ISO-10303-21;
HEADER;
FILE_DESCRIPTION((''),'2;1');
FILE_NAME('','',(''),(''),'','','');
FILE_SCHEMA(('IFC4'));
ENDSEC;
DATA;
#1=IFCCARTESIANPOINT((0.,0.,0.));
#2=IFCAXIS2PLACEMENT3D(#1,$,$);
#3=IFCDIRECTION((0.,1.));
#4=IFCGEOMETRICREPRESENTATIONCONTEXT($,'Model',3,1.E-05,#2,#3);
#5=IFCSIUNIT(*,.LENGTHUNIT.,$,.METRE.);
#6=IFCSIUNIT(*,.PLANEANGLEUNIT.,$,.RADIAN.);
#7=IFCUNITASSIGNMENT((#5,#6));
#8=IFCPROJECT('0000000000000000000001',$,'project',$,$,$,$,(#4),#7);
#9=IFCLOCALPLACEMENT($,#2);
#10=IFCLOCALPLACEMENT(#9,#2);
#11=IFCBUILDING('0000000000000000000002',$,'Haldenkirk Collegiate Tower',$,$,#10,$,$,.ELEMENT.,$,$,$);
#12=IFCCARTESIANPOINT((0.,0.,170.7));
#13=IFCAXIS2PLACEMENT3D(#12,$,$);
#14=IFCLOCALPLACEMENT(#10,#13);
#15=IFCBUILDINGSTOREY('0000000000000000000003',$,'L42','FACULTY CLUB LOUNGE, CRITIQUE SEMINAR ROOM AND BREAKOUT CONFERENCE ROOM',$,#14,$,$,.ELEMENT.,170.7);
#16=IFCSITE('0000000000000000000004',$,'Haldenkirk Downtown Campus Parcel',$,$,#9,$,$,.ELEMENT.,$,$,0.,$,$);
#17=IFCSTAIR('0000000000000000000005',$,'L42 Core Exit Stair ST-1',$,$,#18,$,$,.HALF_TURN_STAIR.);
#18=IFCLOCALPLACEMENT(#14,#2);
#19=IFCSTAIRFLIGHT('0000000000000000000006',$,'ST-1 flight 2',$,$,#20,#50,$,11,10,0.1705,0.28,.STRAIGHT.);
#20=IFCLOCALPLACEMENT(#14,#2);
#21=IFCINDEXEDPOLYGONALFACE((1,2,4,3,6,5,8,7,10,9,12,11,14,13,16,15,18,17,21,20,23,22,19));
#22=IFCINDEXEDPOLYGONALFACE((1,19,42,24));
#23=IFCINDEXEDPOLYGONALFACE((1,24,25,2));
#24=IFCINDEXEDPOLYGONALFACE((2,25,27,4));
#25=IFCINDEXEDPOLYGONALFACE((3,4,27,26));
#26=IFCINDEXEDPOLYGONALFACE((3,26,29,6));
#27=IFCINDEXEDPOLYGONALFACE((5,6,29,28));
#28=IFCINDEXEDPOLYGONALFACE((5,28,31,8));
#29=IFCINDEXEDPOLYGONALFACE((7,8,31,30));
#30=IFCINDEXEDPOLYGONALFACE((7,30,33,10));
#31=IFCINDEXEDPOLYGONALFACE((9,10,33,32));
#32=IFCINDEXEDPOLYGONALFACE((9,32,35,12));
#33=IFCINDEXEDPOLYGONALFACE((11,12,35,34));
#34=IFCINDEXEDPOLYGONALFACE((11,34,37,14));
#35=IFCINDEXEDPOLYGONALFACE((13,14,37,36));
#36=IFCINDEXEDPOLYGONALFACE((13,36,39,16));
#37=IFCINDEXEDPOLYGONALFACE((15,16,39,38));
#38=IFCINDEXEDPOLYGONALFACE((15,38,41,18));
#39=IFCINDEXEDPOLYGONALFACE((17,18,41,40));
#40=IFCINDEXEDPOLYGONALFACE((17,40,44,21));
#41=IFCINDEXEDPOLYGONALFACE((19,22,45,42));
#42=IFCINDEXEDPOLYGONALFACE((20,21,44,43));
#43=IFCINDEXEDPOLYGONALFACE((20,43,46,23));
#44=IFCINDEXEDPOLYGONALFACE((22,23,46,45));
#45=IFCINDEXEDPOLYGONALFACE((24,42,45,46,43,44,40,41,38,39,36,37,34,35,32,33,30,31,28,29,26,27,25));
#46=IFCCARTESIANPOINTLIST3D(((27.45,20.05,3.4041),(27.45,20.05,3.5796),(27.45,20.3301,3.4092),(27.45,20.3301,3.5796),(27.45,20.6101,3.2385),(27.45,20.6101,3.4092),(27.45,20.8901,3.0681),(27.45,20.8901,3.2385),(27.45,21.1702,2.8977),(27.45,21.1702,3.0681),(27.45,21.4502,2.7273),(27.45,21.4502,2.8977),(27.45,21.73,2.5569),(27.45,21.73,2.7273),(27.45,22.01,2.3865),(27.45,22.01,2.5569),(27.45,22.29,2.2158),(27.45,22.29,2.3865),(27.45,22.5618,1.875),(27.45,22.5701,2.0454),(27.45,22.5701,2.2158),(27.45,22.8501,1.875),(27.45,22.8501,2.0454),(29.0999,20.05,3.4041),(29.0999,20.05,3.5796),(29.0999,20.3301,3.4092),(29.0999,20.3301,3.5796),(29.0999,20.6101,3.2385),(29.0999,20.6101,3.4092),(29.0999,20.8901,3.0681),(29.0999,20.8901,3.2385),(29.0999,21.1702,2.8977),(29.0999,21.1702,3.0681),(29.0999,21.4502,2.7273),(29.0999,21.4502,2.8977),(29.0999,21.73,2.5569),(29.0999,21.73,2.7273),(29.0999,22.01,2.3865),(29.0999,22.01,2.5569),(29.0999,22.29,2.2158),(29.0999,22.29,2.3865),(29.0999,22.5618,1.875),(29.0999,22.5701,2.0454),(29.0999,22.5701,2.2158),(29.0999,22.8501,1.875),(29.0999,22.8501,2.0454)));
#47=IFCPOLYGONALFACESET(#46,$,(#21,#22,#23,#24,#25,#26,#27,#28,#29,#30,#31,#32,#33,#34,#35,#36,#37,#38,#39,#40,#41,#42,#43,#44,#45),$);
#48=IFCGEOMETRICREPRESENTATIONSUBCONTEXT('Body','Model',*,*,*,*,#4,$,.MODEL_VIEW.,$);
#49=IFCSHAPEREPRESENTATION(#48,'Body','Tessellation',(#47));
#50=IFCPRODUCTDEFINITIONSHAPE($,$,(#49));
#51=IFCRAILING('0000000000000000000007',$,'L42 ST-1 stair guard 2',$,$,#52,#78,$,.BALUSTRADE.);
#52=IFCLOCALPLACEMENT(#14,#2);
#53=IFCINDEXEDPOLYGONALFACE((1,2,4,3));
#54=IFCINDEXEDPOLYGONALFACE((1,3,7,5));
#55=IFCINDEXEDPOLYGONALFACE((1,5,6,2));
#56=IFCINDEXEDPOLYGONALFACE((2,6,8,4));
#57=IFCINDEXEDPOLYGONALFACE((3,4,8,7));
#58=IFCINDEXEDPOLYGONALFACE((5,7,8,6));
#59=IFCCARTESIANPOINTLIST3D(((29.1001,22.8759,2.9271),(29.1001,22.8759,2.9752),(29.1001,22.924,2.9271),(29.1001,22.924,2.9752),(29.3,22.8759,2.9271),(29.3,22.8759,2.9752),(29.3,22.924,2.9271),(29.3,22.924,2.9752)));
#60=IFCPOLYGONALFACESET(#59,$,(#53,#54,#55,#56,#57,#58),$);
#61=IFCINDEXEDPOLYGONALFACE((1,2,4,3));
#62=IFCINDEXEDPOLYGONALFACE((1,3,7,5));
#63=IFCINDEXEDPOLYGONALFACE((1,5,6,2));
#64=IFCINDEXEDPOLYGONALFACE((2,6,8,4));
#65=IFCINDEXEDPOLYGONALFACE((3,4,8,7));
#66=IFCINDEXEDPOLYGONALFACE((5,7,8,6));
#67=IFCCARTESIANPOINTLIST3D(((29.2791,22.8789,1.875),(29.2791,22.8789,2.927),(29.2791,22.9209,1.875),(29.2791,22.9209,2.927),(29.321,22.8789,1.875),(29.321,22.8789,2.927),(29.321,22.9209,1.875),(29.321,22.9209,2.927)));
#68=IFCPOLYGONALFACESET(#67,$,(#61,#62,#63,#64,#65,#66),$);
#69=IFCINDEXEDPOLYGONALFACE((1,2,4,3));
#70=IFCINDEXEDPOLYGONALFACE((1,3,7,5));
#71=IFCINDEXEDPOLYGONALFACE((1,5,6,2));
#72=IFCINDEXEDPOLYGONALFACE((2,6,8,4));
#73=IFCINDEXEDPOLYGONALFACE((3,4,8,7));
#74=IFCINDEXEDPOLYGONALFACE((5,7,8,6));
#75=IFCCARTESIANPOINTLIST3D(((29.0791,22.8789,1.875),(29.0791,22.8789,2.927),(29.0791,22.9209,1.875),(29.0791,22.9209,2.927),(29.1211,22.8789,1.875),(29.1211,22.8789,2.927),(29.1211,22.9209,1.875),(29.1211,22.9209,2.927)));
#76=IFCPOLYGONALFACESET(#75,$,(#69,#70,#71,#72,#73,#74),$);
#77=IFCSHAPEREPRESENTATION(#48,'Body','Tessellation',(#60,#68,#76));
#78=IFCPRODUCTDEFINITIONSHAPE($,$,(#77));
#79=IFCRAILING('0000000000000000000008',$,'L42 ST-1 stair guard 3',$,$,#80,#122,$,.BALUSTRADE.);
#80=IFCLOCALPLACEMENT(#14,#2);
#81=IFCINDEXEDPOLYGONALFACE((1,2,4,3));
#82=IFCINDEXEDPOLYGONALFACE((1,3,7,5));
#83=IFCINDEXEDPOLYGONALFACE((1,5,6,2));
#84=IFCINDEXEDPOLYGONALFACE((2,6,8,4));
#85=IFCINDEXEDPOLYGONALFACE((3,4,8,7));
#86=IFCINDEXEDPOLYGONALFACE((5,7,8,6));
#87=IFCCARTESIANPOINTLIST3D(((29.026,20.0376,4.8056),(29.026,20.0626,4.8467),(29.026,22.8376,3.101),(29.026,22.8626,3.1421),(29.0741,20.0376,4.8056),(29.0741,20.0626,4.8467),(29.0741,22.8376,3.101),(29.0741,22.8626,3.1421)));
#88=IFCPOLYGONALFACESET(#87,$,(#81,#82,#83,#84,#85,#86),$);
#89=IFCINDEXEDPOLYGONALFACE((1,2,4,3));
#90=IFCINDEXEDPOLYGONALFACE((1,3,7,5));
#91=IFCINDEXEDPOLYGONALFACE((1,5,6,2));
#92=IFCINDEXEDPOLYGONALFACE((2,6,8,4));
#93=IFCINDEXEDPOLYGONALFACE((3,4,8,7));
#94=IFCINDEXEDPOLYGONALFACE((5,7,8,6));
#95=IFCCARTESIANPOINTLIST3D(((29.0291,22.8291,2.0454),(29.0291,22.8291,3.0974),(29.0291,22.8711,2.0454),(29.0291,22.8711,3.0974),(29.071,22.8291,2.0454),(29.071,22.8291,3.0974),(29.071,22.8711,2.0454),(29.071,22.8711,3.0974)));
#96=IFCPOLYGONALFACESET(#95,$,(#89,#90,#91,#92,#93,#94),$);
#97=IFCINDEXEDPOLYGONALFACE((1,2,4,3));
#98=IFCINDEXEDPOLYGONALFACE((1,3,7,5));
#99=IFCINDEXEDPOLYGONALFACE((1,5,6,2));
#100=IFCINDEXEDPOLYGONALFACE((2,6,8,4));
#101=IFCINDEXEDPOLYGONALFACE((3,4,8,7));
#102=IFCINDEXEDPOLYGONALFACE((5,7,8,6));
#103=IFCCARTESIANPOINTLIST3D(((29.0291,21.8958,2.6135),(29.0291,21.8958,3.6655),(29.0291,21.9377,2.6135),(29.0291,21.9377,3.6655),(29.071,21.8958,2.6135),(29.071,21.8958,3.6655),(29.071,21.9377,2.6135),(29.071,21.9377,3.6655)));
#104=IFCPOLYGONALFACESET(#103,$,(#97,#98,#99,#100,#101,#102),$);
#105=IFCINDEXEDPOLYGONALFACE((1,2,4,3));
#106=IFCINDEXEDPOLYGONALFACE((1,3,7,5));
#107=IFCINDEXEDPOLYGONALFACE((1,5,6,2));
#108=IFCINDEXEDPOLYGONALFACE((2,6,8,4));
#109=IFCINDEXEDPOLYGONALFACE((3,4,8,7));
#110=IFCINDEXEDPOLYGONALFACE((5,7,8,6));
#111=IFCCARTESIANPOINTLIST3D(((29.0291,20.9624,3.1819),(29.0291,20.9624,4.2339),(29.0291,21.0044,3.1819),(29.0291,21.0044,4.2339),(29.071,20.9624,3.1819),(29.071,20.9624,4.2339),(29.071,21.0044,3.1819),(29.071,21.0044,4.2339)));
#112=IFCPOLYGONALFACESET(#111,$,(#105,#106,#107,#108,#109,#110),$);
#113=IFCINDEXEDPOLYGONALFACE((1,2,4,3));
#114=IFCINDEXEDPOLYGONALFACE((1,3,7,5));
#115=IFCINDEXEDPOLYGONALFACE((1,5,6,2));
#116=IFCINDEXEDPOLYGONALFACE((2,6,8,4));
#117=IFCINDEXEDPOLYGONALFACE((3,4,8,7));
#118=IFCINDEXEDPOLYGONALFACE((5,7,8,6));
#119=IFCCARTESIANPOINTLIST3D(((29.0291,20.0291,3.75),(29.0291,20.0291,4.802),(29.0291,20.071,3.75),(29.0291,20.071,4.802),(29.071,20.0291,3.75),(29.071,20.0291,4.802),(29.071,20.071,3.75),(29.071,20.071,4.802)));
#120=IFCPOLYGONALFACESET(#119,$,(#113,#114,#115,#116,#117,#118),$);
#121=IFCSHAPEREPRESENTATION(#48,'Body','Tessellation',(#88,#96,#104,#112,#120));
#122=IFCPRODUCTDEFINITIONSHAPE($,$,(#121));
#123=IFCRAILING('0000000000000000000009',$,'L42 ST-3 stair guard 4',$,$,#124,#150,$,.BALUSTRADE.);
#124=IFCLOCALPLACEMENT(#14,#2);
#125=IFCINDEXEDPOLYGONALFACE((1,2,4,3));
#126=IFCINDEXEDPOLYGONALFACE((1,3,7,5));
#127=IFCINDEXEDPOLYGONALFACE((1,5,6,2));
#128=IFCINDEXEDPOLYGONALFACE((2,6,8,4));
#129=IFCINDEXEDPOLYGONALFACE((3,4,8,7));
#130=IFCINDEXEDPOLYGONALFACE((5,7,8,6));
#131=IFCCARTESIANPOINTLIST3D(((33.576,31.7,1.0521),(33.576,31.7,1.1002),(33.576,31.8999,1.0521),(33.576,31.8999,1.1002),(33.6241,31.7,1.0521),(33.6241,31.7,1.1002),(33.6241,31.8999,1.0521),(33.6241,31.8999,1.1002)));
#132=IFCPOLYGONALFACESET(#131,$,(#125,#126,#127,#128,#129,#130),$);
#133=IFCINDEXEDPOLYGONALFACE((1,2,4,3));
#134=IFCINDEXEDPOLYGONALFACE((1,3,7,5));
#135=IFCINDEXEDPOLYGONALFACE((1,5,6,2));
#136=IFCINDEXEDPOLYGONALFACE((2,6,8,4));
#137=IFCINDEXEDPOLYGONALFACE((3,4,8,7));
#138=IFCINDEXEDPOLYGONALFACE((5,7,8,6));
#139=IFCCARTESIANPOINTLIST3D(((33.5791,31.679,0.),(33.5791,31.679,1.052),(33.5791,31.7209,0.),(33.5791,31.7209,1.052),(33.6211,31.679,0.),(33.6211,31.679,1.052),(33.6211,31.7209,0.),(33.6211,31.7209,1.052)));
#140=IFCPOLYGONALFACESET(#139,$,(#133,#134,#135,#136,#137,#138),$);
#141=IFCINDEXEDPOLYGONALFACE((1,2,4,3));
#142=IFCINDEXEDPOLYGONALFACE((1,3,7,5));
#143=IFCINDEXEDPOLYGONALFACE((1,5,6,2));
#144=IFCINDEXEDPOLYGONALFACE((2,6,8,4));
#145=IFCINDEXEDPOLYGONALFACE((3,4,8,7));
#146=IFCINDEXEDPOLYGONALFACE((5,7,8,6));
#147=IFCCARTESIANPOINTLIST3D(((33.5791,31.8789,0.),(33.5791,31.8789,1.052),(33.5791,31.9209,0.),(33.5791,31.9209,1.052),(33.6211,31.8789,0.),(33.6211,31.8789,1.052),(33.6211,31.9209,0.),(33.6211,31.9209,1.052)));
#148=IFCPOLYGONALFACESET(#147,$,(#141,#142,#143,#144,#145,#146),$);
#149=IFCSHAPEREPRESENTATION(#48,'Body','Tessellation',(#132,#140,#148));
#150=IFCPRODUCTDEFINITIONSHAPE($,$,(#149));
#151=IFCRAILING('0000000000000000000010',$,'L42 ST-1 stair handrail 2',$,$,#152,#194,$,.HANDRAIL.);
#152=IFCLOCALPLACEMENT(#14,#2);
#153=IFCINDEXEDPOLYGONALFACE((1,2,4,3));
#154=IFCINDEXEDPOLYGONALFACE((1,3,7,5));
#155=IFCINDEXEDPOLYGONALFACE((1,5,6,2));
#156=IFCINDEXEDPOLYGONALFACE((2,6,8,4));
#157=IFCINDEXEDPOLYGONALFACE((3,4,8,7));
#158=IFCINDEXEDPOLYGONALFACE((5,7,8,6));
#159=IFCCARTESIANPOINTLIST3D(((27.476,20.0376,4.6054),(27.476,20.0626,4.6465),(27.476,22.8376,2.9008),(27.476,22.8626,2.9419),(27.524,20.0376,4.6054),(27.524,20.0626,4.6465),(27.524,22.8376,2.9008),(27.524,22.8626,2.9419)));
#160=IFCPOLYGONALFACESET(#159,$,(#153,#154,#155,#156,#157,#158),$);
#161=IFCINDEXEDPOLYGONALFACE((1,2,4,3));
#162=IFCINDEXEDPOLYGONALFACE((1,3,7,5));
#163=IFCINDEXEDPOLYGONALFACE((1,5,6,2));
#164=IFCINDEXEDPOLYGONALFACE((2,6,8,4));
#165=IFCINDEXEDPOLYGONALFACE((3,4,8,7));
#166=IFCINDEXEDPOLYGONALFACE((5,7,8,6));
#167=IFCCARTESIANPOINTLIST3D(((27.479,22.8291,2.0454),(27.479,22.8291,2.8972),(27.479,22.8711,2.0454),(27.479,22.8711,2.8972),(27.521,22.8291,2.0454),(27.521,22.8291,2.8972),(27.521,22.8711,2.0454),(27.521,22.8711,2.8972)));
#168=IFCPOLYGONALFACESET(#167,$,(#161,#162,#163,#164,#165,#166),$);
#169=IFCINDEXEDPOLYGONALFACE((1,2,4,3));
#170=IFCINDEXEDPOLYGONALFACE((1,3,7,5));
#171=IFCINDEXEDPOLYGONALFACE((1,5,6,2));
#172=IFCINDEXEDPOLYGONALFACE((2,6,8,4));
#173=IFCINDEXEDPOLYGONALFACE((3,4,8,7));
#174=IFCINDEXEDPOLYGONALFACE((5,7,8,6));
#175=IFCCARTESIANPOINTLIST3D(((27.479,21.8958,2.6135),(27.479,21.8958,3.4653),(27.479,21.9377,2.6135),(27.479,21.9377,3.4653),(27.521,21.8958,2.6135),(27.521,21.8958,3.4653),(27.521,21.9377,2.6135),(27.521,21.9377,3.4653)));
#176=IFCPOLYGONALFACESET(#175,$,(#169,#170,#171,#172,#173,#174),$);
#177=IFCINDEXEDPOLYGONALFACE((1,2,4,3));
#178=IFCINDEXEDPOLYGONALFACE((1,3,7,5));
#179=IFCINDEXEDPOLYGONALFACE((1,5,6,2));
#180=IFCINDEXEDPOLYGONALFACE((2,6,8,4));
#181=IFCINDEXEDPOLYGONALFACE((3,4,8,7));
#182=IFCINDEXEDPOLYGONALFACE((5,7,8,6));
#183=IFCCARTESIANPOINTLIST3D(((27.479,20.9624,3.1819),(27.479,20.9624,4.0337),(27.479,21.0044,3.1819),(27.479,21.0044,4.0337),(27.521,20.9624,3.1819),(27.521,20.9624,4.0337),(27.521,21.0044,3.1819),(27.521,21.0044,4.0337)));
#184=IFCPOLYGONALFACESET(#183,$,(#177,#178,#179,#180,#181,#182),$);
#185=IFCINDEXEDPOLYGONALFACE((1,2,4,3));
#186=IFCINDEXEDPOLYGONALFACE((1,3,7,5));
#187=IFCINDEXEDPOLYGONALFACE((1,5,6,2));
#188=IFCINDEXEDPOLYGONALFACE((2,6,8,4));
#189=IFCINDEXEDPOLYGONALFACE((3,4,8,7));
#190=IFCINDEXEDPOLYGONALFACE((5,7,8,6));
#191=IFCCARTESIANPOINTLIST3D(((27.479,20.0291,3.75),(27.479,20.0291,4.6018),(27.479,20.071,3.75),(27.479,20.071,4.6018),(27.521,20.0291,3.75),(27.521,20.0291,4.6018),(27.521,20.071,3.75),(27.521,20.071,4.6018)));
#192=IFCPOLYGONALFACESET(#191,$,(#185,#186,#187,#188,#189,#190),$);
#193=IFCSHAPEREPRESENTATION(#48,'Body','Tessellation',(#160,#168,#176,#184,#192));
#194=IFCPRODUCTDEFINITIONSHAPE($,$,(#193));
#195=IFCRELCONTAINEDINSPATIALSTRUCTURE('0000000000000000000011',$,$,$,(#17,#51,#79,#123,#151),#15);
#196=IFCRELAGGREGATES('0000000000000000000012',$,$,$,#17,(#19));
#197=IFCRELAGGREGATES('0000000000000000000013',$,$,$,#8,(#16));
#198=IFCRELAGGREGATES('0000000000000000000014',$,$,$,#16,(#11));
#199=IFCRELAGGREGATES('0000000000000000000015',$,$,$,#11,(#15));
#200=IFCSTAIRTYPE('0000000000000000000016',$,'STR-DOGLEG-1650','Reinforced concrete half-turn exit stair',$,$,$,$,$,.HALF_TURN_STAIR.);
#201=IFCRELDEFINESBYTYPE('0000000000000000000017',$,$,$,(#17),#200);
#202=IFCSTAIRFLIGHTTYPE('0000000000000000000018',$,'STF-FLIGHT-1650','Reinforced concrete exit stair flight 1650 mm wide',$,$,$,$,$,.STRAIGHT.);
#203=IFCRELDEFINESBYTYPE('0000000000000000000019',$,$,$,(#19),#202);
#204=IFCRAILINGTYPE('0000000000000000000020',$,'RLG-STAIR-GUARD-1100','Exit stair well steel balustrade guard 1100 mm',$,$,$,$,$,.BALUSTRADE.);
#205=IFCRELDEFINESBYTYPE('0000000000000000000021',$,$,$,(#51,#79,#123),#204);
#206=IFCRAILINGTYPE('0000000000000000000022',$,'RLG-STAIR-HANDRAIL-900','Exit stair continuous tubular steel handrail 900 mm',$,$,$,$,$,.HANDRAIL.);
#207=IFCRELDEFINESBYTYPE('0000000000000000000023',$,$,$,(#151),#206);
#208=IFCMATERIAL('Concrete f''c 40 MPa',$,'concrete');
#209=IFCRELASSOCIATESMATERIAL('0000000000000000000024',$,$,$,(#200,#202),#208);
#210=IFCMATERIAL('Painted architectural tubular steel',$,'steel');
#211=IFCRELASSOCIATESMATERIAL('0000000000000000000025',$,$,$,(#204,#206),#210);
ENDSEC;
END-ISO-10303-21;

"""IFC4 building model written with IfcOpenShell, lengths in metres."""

from ifc_helpers import new_model, si_unit, direction, frame, origin, origin_2d, place, context, subcontext, project, spatial, polyline, rectangle, outline, extrude, material, type_object, element, aggregate, save


model = new_model("IFC4")

# Units and contexts
model_context = context("Model", 3, precision=1e-05, world=origin(), true_north=direction((0.0, 1.0)))
body_context = subcontext(model_context, "Body", "Model", "MODEL_VIEW")
ifc_project = project(units=[si_unit("LENGTHUNIT", "METRE"), si_unit("PLANEANGLEUNIT", "RADIAN")], contexts=[model_context])

# Site, building, storey
site_placement = place(None, origin())
site = spatial("IfcSite", under=ifc_project, at=site_placement, Name="Haldenkirk Downtown Campus Parcel", CompositionType="ELEMENT", RefElevation=0.0)
building_placement = place(site_placement, origin())
building = spatial("IfcBuilding", under=site, at=building_placement, Name="Haldenkirk Collegiate Tower", CompositionType="ELEMENT")
storey_placement = place(building_placement, frame((0.0, 0.0, 170.7)))
storey = spatial("IfcBuildingStorey", under=building, at=storey_placement, Name="L42", Description="FACULTY CLUB LOUNGE, CRITIQUE SEMINAR ROOM AND BREAKOUT CONFERENCE ROOM", CompositionType="ELEMENT", Elevation=170.7)

# Stair, stair flight
ifc_material_1 = material(Name="Concrete f'c 40 MPa", Category="concrete")
stair_type = type_object("IfcStairType", Name="STR-DOGLEG-1650", Description="Reinforced concrete half-turn exit stair", PredefinedType="HALF_TURN_STAIR", material=ifc_material_1)
stair_placement = place(storey_placement, origin())
stair = element("IfcStair", 1, at=stair_placement, inside=storey, type_object=stair_type, Name="L42 Core Exit Stair ST-1", PredefinedType="HALF_TURN_STAIR")
stair_flight_type = type_object("IfcStairFlightType", Name="STF-FLIGHT-1650", Description="Reinforced concrete exit stair flight 1650 mm wide", PredefinedType="STRAIGHT", material=ifc_material_1)
stair_flight_placement = place(storey_placement, frame((28.2749, 22.8501, 1.875), z_axis=(0.0, 0.0, 1.0), x_axis=(0.0, -1.0, 0.0)))
stair_flight = element("IfcStairFlight", 2, at=stair_flight_placement, type_object=stair_flight_type, Name="ST-1 flight 2", NumberOfRisers=11, NumberOfTreads=10, PredefinedType="STRAIGHT", RiserHeight=0.1705, TreadLength=0.28, context=body_context, shape_type="SweptSolid", body=[
    extrude(outline(polyline([(0.0, 0.0), (0.0, 0.1704), (0.28, 0.1704), (0.28, 0.3408), (0.5601, 0.3408), (0.5601, 0.5115), (0.8401, 0.5115), (0.8401, 0.6819), (1.1201, 0.6819), (1.1201, 0.8523), (1.3999, 0.8523), (1.3999, 1.0227), (1.6799, 1.0227), (1.6799, 1.1931), (1.96, 1.1931), (1.96, 1.3635), (2.24, 1.3635), (2.24, 1.5342), (2.52, 1.5342), (2.52, 1.7046), (2.8, 1.7046), (2.8, 1.875), (2.8, 1.5291), (0.2883, 0.0), (0.0, 0.0)])), frame((0.0, 0.825, 0.0), z_axis=(0.0, -1.0, 0.0), x_axis=(1.0, 0.0, 0.0)), (0.0, 0.0, 1.0), 1.6499),
])
aggregate(stair, [stair_flight])

# Railings
ifc_material_2 = material(Name="Painted architectural tubular steel", Category="steel")
railing_type_1 = type_object("IfcRailingType", Name="RLG-STAIR-GUARD-1100", Description="Exit stair well steel balustrade guard 1100 mm", PredefinedType="BALUSTRADE", material=ifc_material_2)
railing_1_placement = place(storey_placement, frame((29.3, 22.8999, 1.875)))
element("IfcRailing", 3, at=railing_1_placement, inside=storey, type_object=railing_type_1, Name="L42 ST-1 stair guard 2", PredefinedType="BALUSTRADE", context=body_context, shape_type="SweptSolid", body=[
    extrude(rectangle(XDim=0.0481, YDim=0.0481, at=origin_2d()), frame((0.0, 0.0, 1.0762), z_axis=(-1.0, 0.0, 0.0), x_axis=(0.0, -1.0, 0.0)), (0.0, 0.0, 1.0), 0.2),
    extrude(rectangle(XDim=0.042, YDim=0.042, at=origin_2d()), origin(), (0.0, 0.0, 1.0), 1.052),
    extrude(rectangle(XDim=0.042, YDim=0.042, at=origin_2d()), frame((-0.2, 0.0, 0.0)), (0.0, 0.0, 1.0), 1.052),
])
railing_2_placement = place(storey_placement, frame((29.05, 22.8501, 2.0454)))
element("IfcRailing", 4, at=railing_2_placement, inside=storey, type_object=railing_type_1, Name="L42 ST-1 stair guard 3", PredefinedType="BALUSTRADE", context=body_context, shape_type="SweptSolid", body=[
    extrude(rectangle(XDim=0.0481, YDim=0.0481, at=origin_2d()), frame((0.0, 0.0, 1.0762), z_axis=(0.0, -0.85417, 0.519994), x_axis=(1.0, 0.0, 0.0)), (0.0, 0.0, 1.0), 3.2781),
    extrude(rectangle(XDim=0.042, YDim=0.042, at=origin_2d()), origin(), (0.0, 0.0, 1.0), 1.052),
    extrude(rectangle(XDim=0.042, YDim=0.042, at=origin_2d()), frame((0.0, -0.9333, 0.5681)), (0.0, 0.0, 1.0), 1.052),
    extrude(rectangle(XDim=0.042, YDim=0.042, at=origin_2d()), frame((0.0, -1.8667, 1.1365)), (0.0, 0.0, 1.0), 1.052),
    extrude(rectangle(XDim=0.042, YDim=0.042, at=origin_2d()), frame((0.0, -2.8, 1.7046)), (0.0, 0.0, 1.0), 1.052),
])
railing_3_placement = place(storey_placement, frame((33.6001, 31.7, 0.0)))
element("IfcRailing", 5, at=railing_3_placement, inside=storey, type_object=railing_type_1, Name="L42 ST-3 stair guard 4", PredefinedType="BALUSTRADE", context=body_context, shape_type="SweptSolid", body=[
    extrude(rectangle(XDim=0.0481, YDim=0.0481, at=origin_2d()), frame((0.0, 0.0, 1.0762), z_axis=(0.0, 1.0, 0.0), x_axis=(-1.0, 0.0, 0.0)), (0.0, 0.0, 1.0), 0.2),
    extrude(rectangle(XDim=0.042, YDim=0.042, at=origin_2d()), origin(), (0.0, 0.0, 1.0), 1.052),
    extrude(rectangle(XDim=0.042, YDim=0.042, at=origin_2d()), frame((0.0, 0.2, 0.0)), (0.0, 0.0, 1.0), 1.052),
])
railing_type_2 = type_object("IfcRailingType", Name="RLG-STAIR-HANDRAIL-900", Description="Exit stair continuous tubular steel handrail 900 mm", PredefinedType="HANDRAIL", material=ifc_material_2)
railing_4_placement = place(storey_placement, frame((27.5, 22.8501, 2.0454)))
element("IfcRailing", 6, at=railing_4_placement, inside=storey, type_object=railing_type_2, Name="L42 ST-1 stair handrail 2", PredefinedType="HANDRAIL", context=body_context, shape_type="SweptSolid", body=[
    extrude(rectangle(XDim=0.0481, YDim=0.0481, at=origin_2d()), frame((0.0, 0.0, 0.876), z_axis=(0.0, -0.85417, 0.519994), x_axis=(1.0, 0.0, 0.0)), (0.0, 0.0, 1.0), 3.2781),
    extrude(rectangle(XDim=0.042, YDim=0.042, at=origin_2d()), origin(), (0.0, 0.0, 1.0), 0.8518),
    extrude(rectangle(XDim=0.042, YDim=0.042, at=origin_2d()), frame((0.0, -0.9333, 0.5681)), (0.0, 0.0, 1.0), 0.8518),
    extrude(rectangle(XDim=0.042, YDim=0.042, at=origin_2d()), frame((0.0, -1.8667, 1.1365)), (0.0, 0.0, 1.0), 0.8518),
    extrude(rectangle(XDim=0.042, YDim=0.042, at=origin_2d()), frame((0.0, -2.8, 1.7046)), (0.0, 0.0, 1.0), 0.8518),
])

save(model, "model.ifc")
